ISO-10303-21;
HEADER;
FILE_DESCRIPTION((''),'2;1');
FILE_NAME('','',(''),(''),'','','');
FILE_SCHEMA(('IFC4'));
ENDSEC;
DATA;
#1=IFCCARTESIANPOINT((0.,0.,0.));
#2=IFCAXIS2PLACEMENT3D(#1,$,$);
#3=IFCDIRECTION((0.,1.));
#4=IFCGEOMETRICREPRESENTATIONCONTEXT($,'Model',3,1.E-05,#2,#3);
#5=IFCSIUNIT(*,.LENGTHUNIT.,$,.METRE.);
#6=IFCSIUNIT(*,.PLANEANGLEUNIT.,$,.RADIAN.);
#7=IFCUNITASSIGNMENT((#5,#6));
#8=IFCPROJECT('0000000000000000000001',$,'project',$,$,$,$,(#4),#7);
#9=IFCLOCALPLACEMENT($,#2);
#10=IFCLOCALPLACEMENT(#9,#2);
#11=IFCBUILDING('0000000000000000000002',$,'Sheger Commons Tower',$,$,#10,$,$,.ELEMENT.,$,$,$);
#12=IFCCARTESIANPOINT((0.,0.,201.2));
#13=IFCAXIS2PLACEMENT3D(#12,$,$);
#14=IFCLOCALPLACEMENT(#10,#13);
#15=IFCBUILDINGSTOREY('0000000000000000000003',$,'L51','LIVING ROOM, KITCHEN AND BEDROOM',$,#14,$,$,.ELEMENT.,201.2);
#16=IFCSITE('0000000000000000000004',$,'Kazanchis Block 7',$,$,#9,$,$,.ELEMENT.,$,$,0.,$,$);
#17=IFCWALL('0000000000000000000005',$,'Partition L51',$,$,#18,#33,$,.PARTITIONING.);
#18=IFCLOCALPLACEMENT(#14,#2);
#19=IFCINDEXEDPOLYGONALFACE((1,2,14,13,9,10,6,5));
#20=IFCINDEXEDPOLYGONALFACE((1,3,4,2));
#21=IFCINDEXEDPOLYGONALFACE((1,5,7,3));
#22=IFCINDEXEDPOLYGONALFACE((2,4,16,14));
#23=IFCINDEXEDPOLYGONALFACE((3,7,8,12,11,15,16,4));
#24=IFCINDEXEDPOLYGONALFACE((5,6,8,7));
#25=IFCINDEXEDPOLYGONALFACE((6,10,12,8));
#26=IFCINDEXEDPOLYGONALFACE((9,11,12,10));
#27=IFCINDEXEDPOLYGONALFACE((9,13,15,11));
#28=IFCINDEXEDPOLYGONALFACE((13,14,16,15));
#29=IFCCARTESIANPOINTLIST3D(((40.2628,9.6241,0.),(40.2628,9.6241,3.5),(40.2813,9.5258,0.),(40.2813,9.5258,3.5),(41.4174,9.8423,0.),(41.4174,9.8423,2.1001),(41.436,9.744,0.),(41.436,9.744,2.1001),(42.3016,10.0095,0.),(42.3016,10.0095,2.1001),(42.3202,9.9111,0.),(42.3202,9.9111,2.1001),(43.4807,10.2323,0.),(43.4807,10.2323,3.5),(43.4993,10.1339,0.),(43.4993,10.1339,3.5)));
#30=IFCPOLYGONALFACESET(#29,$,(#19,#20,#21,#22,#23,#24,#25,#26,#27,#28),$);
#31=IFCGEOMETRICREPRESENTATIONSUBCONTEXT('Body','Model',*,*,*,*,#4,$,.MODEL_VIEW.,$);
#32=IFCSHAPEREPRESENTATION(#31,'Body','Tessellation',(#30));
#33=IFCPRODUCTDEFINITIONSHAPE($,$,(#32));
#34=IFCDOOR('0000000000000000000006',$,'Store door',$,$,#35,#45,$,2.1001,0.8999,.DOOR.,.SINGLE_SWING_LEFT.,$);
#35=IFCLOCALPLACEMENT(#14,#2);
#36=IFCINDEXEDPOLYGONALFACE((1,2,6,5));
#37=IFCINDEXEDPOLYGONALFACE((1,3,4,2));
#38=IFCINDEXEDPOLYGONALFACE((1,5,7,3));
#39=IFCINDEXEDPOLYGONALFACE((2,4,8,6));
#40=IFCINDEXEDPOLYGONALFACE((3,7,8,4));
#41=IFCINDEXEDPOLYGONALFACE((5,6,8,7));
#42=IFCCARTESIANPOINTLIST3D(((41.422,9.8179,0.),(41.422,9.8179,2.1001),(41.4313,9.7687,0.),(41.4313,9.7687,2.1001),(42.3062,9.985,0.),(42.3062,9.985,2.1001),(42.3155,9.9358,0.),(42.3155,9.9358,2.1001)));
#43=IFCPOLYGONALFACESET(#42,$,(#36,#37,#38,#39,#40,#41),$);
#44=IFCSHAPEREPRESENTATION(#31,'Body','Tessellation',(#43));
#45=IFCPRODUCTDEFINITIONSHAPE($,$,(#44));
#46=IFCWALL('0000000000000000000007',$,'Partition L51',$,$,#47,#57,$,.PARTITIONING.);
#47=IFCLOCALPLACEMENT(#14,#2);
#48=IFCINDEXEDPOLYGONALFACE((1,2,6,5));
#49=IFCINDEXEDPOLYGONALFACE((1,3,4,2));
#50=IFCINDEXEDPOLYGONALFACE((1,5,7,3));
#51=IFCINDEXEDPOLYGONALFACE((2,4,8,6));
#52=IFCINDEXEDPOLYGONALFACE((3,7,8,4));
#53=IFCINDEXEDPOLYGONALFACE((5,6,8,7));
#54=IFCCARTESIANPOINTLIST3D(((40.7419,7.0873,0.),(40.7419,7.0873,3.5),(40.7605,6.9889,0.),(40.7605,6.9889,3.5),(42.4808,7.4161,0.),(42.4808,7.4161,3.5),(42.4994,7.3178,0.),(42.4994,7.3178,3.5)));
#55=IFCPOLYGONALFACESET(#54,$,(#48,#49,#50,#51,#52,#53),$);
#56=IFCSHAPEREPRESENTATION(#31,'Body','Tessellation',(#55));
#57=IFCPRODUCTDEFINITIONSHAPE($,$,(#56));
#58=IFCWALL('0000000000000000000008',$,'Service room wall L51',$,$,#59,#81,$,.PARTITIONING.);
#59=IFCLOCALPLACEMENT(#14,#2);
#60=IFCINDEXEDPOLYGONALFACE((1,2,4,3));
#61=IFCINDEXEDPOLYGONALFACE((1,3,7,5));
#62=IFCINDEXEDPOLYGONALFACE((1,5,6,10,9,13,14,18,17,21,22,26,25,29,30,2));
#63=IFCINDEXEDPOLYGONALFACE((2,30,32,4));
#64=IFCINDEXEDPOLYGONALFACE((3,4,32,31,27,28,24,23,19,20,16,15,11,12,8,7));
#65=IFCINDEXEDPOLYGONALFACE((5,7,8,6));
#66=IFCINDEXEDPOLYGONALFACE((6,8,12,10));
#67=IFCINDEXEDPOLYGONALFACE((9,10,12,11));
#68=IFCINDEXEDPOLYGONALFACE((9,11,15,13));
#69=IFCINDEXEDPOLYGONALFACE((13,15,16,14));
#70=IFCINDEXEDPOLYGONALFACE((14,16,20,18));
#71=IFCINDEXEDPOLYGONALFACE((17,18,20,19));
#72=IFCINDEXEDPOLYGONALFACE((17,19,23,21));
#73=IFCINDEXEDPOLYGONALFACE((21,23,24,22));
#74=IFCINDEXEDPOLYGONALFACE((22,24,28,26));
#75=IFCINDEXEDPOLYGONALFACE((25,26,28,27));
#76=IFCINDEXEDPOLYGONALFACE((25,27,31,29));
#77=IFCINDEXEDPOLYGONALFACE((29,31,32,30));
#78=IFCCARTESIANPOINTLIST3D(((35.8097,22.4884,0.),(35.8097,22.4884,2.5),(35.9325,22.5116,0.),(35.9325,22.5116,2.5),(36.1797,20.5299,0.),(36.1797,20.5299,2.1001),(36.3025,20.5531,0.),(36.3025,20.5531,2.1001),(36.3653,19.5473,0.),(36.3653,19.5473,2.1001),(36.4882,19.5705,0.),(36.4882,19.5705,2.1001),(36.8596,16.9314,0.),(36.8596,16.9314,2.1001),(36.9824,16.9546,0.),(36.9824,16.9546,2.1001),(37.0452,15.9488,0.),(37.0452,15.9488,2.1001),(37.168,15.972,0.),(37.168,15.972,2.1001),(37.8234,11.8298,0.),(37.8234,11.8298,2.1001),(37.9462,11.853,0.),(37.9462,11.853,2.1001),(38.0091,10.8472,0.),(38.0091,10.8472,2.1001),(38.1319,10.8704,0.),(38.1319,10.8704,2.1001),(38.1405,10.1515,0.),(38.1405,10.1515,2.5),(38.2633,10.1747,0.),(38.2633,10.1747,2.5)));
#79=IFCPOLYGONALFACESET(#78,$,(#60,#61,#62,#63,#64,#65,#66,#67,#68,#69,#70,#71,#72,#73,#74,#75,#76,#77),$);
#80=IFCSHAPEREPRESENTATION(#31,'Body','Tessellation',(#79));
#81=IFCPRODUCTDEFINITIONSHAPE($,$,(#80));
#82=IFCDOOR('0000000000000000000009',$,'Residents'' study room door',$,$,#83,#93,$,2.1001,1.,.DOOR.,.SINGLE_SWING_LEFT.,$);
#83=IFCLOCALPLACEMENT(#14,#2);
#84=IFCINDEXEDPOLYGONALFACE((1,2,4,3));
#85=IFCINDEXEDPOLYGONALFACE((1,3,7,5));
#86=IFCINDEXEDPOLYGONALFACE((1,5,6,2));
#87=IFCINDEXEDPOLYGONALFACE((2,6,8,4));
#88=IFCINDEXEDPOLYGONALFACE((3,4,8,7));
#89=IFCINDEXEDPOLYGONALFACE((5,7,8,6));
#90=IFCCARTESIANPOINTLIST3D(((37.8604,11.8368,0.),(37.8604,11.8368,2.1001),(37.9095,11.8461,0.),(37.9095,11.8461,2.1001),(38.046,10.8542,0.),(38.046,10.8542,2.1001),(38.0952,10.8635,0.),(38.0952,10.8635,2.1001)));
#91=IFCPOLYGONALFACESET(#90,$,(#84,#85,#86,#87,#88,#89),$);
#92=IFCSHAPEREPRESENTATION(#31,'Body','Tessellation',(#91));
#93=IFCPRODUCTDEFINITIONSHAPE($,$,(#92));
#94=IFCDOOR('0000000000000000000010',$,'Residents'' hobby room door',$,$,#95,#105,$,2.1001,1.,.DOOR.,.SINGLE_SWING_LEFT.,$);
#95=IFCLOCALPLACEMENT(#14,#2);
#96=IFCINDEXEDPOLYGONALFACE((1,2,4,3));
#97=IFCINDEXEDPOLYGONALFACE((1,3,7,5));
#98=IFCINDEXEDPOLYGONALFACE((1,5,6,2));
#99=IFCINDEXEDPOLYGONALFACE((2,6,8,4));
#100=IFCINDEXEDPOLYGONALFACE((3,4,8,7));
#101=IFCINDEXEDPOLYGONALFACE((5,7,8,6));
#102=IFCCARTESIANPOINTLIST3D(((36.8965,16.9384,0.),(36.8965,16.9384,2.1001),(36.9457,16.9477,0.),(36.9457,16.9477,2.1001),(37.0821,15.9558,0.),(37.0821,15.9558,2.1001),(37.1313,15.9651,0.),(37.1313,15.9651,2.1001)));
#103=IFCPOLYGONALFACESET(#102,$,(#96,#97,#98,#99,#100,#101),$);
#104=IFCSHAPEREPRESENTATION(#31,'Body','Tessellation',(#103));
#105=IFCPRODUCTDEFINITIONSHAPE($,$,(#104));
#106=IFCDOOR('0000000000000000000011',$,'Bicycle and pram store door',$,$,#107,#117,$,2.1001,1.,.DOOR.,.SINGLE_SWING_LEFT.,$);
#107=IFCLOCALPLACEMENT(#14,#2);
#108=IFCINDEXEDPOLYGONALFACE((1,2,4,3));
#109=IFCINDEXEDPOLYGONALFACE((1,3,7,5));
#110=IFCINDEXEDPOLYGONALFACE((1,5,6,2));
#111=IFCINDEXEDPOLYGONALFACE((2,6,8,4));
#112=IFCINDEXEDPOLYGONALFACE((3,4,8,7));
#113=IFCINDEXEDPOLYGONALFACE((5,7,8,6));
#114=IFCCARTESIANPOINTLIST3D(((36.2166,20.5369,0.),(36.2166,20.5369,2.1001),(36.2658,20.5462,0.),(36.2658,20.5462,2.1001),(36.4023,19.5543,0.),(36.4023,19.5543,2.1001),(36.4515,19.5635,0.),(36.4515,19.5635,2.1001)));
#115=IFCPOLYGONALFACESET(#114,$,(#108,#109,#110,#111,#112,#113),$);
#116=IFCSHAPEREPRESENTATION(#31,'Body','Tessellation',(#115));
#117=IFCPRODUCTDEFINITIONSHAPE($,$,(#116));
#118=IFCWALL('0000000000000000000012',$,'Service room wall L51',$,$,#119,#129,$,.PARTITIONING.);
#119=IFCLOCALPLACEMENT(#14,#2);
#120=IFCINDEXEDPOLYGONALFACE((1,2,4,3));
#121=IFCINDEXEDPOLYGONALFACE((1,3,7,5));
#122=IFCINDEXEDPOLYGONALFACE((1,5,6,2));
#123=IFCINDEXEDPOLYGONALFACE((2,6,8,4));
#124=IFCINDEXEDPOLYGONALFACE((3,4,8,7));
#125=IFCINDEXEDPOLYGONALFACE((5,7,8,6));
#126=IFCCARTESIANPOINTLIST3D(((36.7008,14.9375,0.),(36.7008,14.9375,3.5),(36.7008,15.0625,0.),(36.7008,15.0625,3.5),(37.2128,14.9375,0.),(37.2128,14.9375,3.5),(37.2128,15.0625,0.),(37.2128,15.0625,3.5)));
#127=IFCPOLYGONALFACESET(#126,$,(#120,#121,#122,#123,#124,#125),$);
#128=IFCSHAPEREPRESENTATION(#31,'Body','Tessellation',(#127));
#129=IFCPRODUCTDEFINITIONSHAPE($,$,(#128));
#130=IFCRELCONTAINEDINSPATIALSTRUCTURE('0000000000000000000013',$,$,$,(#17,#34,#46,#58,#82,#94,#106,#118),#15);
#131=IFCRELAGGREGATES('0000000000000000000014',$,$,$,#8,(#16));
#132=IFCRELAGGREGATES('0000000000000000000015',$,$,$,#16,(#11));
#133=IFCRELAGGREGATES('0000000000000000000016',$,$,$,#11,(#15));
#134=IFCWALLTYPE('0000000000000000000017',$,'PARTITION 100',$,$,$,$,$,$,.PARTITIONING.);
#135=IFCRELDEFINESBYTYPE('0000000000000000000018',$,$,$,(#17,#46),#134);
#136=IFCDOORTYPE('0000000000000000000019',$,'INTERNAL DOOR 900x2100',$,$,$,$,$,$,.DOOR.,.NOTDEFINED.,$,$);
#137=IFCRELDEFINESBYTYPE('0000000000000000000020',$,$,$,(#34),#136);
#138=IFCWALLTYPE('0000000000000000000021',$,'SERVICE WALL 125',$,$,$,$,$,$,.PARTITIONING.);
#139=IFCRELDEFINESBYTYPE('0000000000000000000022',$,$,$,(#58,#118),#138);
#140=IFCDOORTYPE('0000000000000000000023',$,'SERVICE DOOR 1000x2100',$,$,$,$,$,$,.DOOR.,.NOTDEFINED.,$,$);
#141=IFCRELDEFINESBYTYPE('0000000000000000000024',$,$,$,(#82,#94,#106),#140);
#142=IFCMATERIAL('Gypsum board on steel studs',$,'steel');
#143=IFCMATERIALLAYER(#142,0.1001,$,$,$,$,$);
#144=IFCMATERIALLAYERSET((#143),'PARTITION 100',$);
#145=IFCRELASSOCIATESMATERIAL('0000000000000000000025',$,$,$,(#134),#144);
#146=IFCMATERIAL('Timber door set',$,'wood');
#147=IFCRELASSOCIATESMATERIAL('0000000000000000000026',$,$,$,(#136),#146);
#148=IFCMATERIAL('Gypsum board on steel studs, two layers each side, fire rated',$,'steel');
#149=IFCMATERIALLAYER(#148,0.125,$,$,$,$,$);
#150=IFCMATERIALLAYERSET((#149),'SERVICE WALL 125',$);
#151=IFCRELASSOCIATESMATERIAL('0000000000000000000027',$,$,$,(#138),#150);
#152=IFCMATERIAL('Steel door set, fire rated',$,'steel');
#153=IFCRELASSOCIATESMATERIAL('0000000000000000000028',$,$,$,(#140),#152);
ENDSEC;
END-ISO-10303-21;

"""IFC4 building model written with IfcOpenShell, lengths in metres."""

from ifc_helpers import new_model, si_unit, direction, frame, frame_2d, origin, place, context, subcontext, project, spatial, rectangle, extrude, material, layer, layer_set, type_object, element, fill, save


model = new_model("IFC4")

# Units and contexts
model_context = context("Model", 3, precision=1e-05, world=origin(), true_north=direction((0.0, 1.0)))
body_context = subcontext(model_context, "Body", "Model", "MODEL_VIEW")
ifc_project = project(units=[si_unit("LENGTHUNIT", "METRE"), si_unit("PLANEANGLEUNIT", "RADIAN")], contexts=[model_context])

# Site, building, storey
site_placement = place(None, origin())
site = spatial("IfcSite", under=ifc_project, at=site_placement, Name="Kazanchis Block 7", CompositionType="ELEMENT", RefElevation=0.0)
building_placement = place(site_placement, origin())
building = spatial("IfcBuilding", under=site, at=building_placement, Name="Sheger Commons Tower", CompositionType="ELEMENT")
storey_placement = place(building_placement, frame((0.0, 0.0, 201.2)))
storey = spatial("IfcBuildingStorey", under=building, at=storey_placement, Name="L51", Description="LIVING ROOM, KITCHEN AND BEDROOM", CompositionType="ELEMENT", Elevation=201.2)

# Shared definitions
ifc_material_1 = material(Name="Gypsum board on steel studs", Category="steel")
ifc_layer_1 = layer(ifc_material_1, 0.1001)
ifc_layer_set_1 = layer_set([ifc_layer_1], Name="PARTITION 100")
wall_type_1 = type_object("IfcWallType", Name="PARTITION 100", PredefinedType="PARTITIONING", material=ifc_layer_set_1)
ifc_material_2 = material(Name="Timber door set", Category="wood")
door_type_1 = type_object("IfcDoorType", Name="INTERNAL DOOR 900x2100", OperationType="NOTDEFINED", PredefinedType="DOOR", material=ifc_material_2)

# Wall, opening, door
wall_1_placement = place(storey_placement, frame((43.49, 10.1831, 0.0), z_axis=(0.0, 0.0, 1.0), x_axis=(-0.982607, -0.185697, 0.0)))
wall_1 = element("IfcWall", 1, at=wall_1_placement, inside=storey, type_object=wall_type_1, Name="Partition L51", PredefinedType="PARTITIONING", context=body_context, shape_type="SweptSolid", body=[
    extrude(rectangle(XDim=3.2749, YDim=0.1001, at=frame_2d((1.6375, 0.0))), origin(), (0.0, 0.0, 1.0), 3.5),
])
opening_1_placement = place(wall_1_placement, frame((1.2, 0.0, 0.0)))
opening_1 = element("IfcOpeningElement", 2, at=opening_1_placement, cuts=wall_1, PredefinedType="OPENING", context=body_context, shape_type="SweptSolid", body=[
    extrude(rectangle(XDim=0.8999, YDim=2.1001, at=frame_2d((0.45, 1.05))), frame((0.0, 0.0601, 0.0), z_axis=(0.0, -1.0, 0.0), x_axis=(1.0, 0.0, 0.0)), (0.0, 0.0, 1.0), 0.1201),
])
door_1_placement = place(opening_1_placement, origin())
door_1 = element("IfcDoor", 3, at=door_1_placement, inside=storey, type_object=door_type_1, Name="Store door", OperationType="SINGLE_SWING_LEFT", OverallHeight=2.1001, OverallWidth=0.8999, PredefinedType="DOOR", context=body_context, shape_type="SweptSolid", body=[
    extrude(rectangle(XDim=0.8999, YDim=2.1001, at=frame_2d((0.45, 1.05))), frame((0.0, 0.0249, 0.0), z_axis=(0.0, -1.0, 0.0), x_axis=(1.0, 0.0, 0.0)), (0.0, 0.0, 1.0), 0.05),
])
fill(opening_1, door_1)

# Wall
wall_2_placement = place(storey_placement, frame((42.49, 7.3669, 0.0), z_axis=(0.0, 0.0, 1.0), x_axis=(-0.982585, -0.185812, 0.0)))
element("IfcWall", 4, at=wall_2_placement, inside=storey, type_object=wall_type_1, Name="Partition L51", PredefinedType="PARTITIONING", context=body_context, shape_type="SweptSolid", body=[
    extrude(rectangle(XDim=1.7698, YDim=0.1001, at=frame_2d((0.8848, 0.0))), origin(), (0.0, 0.0, 1.0), 3.5),
])

# Wall, openings, doors
ifc_material_3 = material(Name="Gypsum board on steel studs, two layers each side, fire rated", Category="steel")
ifc_layer_2 = layer(ifc_material_3, 0.125)
ifc_layer_set_2 = layer_set([ifc_layer_2], Name="SERVICE WALL 125")
wall_type_2 = type_object("IfcWallType", Name="SERVICE WALL 125", PredefinedType="PARTITIONING", material=ifc_layer_set_2)
wall_3_placement = place(storey_placement, frame((38.2019, 10.1631, 0.0), z_axis=(0.0, 0.0, 1.0), x_axis=(-0.185646, 0.982617, 0.0)))
wall_3 = element("IfcWall", 5, at=wall_3_placement, inside=storey, type_object=wall_type_2, Name="Service room wall L51", PredefinedType="PARTITIONING", context=body_context, shape_type="SweptSolid", body=[
    extrude(rectangle(XDim=12.5552, YDim=0.125, at=frame_2d((6.2776, 0.0))), origin(), (0.0, 0.0, 1.0), 2.5),
])
opening_2_placement = place(wall_3_placement, frame((0.708, 0.0, 0.0)))
opening_2 = element("IfcOpeningElement", 6, at=opening_2_placement, cuts=wall_3, PredefinedType="OPENING", context=body_context, shape_type="SweptSolid", body=[
    extrude(rectangle(XDim=1.0, YDim=2.1001, at=frame_2d((0.5, 1.05))), frame((0.0, 0.0725, 0.0), z_axis=(0.0, -1.0, 0.0), x_axis=(1.0, 0.0, 0.0)), (0.0, 0.0, 1.0), 0.145),
])
opening_3_placement = place(wall_3_placement, frame((5.8999, 0.0, 0.0)))
opening_3 = element("IfcOpeningElement", 7, at=opening_3_placement, cuts=wall_3, PredefinedType="OPENING", context=body_context, shape_type="SweptSolid", body=[
    extrude(rectangle(XDim=1.0, YDim=2.1001, at=frame_2d((0.5, 1.05))), frame((0.0, 0.0725, 0.0), z_axis=(0.0, -1.0, 0.0), x_axis=(1.0, 0.0, 0.0)), (0.0, 0.0, 1.0), 0.145),
])
opening_4_placement = place(wall_3_placement, frame((9.562, 0.0, 0.0)))
opening_4 = element("IfcOpeningElement", 8, at=opening_4_placement, cuts=wall_3, PredefinedType="OPENING", context=body_context, shape_type="SweptSolid", body=[
    extrude(rectangle(XDim=1.0, YDim=2.1001, at=frame_2d((0.5, 1.05))), frame((0.0, 0.0725, 0.0), z_axis=(0.0, -1.0, 0.0), x_axis=(1.0, 0.0, 0.0)), (0.0, 0.0, 1.0), 0.145),
])
ifc_material_4 = material(Name="Steel door set, fire rated", Category="steel")
door_type_2 = type_object("IfcDoorType", Name="SERVICE DOOR 1000x2100", OperationType="NOTDEFINED", PredefinedType="DOOR", material=ifc_material_4)
door_2_placement = place(opening_2_placement, origin())
door_2 = element("IfcDoor", 9, at=door_2_placement, inside=storey, type_object=door_type_2, Name="Residents' study room door", OperationType="SINGLE_SWING_LEFT", OverallHeight=2.1001, OverallWidth=1.0, PredefinedType="DOOR", context=body_context, shape_type="SweptSolid", body=[
    extrude(rectangle(XDim=1.0, YDim=2.1001, at=frame_2d((0.5, 1.05))), frame((0.0, 0.0249, 0.0), z_axis=(0.0, -1.0, 0.0), x_axis=(1.0, 0.0, 0.0)), (0.0, 0.0, 1.0), 0.05),
])
fill(opening_2, door_2)
door_3_placement = place(opening_3_placement, origin())
door_3 = element("IfcDoor", 10, at=door_3_placement, inside=storey, type_object=door_type_2, Name="Residents' hobby room door", OperationType="SINGLE_SWING_LEFT", OverallHeight=2.1001, OverallWidth=1.0, PredefinedType="DOOR", context=body_context, shape_type="SweptSolid", body=[
    extrude(rectangle(XDim=1.0, YDim=2.1001, at=frame_2d((0.5, 1.05))), frame((0.0, 0.0249, 0.0), z_axis=(0.0, -1.0, 0.0), x_axis=(1.0, 0.0, 0.0)), (0.0, 0.0, 1.0), 0.05),
])
fill(opening_3, door_3)
door_4_placement = place(opening_4_placement, origin())
door_4 = element("IfcDoor", 11, at=door_4_placement, inside=storey, type_object=door_type_2, Name="Bicycle and pram store door", OperationType="SINGLE_SWING_LEFT", OverallHeight=2.1001, OverallWidth=1.0, PredefinedType="DOOR", context=body_context, shape_type="SweptSolid", body=[
    extrude(rectangle(XDim=1.0, YDim=2.1001, at=frame_2d((0.5, 1.05))), frame((0.0, 0.0249, 0.0), z_axis=(0.0, -1.0, 0.0), x_axis=(1.0, 0.0, 0.0)), (0.0, 0.0, 1.0), 0.05),
])
fill(opening_4, door_4)

# Wall
wall_4_placement = place(storey_placement, frame((36.7009, 15.0, 0.0), z_axis=(0.0, 0.0, 1.0), x_axis=(1.0, 0.0, 0.0)))
element("IfcWall", 12, at=wall_4_placement, inside=storey, type_object=wall_type_2, Name="Service room wall L51", PredefinedType="PARTITIONING", context=body_context, shape_type="SweptSolid", body=[
    extrude(rectangle(XDim=0.512, YDim=0.125, at=frame_2d((0.2559, 0.0))), origin(), (0.0, 0.0, 1.0), 3.5),
])

save(model, "model.ifc")
